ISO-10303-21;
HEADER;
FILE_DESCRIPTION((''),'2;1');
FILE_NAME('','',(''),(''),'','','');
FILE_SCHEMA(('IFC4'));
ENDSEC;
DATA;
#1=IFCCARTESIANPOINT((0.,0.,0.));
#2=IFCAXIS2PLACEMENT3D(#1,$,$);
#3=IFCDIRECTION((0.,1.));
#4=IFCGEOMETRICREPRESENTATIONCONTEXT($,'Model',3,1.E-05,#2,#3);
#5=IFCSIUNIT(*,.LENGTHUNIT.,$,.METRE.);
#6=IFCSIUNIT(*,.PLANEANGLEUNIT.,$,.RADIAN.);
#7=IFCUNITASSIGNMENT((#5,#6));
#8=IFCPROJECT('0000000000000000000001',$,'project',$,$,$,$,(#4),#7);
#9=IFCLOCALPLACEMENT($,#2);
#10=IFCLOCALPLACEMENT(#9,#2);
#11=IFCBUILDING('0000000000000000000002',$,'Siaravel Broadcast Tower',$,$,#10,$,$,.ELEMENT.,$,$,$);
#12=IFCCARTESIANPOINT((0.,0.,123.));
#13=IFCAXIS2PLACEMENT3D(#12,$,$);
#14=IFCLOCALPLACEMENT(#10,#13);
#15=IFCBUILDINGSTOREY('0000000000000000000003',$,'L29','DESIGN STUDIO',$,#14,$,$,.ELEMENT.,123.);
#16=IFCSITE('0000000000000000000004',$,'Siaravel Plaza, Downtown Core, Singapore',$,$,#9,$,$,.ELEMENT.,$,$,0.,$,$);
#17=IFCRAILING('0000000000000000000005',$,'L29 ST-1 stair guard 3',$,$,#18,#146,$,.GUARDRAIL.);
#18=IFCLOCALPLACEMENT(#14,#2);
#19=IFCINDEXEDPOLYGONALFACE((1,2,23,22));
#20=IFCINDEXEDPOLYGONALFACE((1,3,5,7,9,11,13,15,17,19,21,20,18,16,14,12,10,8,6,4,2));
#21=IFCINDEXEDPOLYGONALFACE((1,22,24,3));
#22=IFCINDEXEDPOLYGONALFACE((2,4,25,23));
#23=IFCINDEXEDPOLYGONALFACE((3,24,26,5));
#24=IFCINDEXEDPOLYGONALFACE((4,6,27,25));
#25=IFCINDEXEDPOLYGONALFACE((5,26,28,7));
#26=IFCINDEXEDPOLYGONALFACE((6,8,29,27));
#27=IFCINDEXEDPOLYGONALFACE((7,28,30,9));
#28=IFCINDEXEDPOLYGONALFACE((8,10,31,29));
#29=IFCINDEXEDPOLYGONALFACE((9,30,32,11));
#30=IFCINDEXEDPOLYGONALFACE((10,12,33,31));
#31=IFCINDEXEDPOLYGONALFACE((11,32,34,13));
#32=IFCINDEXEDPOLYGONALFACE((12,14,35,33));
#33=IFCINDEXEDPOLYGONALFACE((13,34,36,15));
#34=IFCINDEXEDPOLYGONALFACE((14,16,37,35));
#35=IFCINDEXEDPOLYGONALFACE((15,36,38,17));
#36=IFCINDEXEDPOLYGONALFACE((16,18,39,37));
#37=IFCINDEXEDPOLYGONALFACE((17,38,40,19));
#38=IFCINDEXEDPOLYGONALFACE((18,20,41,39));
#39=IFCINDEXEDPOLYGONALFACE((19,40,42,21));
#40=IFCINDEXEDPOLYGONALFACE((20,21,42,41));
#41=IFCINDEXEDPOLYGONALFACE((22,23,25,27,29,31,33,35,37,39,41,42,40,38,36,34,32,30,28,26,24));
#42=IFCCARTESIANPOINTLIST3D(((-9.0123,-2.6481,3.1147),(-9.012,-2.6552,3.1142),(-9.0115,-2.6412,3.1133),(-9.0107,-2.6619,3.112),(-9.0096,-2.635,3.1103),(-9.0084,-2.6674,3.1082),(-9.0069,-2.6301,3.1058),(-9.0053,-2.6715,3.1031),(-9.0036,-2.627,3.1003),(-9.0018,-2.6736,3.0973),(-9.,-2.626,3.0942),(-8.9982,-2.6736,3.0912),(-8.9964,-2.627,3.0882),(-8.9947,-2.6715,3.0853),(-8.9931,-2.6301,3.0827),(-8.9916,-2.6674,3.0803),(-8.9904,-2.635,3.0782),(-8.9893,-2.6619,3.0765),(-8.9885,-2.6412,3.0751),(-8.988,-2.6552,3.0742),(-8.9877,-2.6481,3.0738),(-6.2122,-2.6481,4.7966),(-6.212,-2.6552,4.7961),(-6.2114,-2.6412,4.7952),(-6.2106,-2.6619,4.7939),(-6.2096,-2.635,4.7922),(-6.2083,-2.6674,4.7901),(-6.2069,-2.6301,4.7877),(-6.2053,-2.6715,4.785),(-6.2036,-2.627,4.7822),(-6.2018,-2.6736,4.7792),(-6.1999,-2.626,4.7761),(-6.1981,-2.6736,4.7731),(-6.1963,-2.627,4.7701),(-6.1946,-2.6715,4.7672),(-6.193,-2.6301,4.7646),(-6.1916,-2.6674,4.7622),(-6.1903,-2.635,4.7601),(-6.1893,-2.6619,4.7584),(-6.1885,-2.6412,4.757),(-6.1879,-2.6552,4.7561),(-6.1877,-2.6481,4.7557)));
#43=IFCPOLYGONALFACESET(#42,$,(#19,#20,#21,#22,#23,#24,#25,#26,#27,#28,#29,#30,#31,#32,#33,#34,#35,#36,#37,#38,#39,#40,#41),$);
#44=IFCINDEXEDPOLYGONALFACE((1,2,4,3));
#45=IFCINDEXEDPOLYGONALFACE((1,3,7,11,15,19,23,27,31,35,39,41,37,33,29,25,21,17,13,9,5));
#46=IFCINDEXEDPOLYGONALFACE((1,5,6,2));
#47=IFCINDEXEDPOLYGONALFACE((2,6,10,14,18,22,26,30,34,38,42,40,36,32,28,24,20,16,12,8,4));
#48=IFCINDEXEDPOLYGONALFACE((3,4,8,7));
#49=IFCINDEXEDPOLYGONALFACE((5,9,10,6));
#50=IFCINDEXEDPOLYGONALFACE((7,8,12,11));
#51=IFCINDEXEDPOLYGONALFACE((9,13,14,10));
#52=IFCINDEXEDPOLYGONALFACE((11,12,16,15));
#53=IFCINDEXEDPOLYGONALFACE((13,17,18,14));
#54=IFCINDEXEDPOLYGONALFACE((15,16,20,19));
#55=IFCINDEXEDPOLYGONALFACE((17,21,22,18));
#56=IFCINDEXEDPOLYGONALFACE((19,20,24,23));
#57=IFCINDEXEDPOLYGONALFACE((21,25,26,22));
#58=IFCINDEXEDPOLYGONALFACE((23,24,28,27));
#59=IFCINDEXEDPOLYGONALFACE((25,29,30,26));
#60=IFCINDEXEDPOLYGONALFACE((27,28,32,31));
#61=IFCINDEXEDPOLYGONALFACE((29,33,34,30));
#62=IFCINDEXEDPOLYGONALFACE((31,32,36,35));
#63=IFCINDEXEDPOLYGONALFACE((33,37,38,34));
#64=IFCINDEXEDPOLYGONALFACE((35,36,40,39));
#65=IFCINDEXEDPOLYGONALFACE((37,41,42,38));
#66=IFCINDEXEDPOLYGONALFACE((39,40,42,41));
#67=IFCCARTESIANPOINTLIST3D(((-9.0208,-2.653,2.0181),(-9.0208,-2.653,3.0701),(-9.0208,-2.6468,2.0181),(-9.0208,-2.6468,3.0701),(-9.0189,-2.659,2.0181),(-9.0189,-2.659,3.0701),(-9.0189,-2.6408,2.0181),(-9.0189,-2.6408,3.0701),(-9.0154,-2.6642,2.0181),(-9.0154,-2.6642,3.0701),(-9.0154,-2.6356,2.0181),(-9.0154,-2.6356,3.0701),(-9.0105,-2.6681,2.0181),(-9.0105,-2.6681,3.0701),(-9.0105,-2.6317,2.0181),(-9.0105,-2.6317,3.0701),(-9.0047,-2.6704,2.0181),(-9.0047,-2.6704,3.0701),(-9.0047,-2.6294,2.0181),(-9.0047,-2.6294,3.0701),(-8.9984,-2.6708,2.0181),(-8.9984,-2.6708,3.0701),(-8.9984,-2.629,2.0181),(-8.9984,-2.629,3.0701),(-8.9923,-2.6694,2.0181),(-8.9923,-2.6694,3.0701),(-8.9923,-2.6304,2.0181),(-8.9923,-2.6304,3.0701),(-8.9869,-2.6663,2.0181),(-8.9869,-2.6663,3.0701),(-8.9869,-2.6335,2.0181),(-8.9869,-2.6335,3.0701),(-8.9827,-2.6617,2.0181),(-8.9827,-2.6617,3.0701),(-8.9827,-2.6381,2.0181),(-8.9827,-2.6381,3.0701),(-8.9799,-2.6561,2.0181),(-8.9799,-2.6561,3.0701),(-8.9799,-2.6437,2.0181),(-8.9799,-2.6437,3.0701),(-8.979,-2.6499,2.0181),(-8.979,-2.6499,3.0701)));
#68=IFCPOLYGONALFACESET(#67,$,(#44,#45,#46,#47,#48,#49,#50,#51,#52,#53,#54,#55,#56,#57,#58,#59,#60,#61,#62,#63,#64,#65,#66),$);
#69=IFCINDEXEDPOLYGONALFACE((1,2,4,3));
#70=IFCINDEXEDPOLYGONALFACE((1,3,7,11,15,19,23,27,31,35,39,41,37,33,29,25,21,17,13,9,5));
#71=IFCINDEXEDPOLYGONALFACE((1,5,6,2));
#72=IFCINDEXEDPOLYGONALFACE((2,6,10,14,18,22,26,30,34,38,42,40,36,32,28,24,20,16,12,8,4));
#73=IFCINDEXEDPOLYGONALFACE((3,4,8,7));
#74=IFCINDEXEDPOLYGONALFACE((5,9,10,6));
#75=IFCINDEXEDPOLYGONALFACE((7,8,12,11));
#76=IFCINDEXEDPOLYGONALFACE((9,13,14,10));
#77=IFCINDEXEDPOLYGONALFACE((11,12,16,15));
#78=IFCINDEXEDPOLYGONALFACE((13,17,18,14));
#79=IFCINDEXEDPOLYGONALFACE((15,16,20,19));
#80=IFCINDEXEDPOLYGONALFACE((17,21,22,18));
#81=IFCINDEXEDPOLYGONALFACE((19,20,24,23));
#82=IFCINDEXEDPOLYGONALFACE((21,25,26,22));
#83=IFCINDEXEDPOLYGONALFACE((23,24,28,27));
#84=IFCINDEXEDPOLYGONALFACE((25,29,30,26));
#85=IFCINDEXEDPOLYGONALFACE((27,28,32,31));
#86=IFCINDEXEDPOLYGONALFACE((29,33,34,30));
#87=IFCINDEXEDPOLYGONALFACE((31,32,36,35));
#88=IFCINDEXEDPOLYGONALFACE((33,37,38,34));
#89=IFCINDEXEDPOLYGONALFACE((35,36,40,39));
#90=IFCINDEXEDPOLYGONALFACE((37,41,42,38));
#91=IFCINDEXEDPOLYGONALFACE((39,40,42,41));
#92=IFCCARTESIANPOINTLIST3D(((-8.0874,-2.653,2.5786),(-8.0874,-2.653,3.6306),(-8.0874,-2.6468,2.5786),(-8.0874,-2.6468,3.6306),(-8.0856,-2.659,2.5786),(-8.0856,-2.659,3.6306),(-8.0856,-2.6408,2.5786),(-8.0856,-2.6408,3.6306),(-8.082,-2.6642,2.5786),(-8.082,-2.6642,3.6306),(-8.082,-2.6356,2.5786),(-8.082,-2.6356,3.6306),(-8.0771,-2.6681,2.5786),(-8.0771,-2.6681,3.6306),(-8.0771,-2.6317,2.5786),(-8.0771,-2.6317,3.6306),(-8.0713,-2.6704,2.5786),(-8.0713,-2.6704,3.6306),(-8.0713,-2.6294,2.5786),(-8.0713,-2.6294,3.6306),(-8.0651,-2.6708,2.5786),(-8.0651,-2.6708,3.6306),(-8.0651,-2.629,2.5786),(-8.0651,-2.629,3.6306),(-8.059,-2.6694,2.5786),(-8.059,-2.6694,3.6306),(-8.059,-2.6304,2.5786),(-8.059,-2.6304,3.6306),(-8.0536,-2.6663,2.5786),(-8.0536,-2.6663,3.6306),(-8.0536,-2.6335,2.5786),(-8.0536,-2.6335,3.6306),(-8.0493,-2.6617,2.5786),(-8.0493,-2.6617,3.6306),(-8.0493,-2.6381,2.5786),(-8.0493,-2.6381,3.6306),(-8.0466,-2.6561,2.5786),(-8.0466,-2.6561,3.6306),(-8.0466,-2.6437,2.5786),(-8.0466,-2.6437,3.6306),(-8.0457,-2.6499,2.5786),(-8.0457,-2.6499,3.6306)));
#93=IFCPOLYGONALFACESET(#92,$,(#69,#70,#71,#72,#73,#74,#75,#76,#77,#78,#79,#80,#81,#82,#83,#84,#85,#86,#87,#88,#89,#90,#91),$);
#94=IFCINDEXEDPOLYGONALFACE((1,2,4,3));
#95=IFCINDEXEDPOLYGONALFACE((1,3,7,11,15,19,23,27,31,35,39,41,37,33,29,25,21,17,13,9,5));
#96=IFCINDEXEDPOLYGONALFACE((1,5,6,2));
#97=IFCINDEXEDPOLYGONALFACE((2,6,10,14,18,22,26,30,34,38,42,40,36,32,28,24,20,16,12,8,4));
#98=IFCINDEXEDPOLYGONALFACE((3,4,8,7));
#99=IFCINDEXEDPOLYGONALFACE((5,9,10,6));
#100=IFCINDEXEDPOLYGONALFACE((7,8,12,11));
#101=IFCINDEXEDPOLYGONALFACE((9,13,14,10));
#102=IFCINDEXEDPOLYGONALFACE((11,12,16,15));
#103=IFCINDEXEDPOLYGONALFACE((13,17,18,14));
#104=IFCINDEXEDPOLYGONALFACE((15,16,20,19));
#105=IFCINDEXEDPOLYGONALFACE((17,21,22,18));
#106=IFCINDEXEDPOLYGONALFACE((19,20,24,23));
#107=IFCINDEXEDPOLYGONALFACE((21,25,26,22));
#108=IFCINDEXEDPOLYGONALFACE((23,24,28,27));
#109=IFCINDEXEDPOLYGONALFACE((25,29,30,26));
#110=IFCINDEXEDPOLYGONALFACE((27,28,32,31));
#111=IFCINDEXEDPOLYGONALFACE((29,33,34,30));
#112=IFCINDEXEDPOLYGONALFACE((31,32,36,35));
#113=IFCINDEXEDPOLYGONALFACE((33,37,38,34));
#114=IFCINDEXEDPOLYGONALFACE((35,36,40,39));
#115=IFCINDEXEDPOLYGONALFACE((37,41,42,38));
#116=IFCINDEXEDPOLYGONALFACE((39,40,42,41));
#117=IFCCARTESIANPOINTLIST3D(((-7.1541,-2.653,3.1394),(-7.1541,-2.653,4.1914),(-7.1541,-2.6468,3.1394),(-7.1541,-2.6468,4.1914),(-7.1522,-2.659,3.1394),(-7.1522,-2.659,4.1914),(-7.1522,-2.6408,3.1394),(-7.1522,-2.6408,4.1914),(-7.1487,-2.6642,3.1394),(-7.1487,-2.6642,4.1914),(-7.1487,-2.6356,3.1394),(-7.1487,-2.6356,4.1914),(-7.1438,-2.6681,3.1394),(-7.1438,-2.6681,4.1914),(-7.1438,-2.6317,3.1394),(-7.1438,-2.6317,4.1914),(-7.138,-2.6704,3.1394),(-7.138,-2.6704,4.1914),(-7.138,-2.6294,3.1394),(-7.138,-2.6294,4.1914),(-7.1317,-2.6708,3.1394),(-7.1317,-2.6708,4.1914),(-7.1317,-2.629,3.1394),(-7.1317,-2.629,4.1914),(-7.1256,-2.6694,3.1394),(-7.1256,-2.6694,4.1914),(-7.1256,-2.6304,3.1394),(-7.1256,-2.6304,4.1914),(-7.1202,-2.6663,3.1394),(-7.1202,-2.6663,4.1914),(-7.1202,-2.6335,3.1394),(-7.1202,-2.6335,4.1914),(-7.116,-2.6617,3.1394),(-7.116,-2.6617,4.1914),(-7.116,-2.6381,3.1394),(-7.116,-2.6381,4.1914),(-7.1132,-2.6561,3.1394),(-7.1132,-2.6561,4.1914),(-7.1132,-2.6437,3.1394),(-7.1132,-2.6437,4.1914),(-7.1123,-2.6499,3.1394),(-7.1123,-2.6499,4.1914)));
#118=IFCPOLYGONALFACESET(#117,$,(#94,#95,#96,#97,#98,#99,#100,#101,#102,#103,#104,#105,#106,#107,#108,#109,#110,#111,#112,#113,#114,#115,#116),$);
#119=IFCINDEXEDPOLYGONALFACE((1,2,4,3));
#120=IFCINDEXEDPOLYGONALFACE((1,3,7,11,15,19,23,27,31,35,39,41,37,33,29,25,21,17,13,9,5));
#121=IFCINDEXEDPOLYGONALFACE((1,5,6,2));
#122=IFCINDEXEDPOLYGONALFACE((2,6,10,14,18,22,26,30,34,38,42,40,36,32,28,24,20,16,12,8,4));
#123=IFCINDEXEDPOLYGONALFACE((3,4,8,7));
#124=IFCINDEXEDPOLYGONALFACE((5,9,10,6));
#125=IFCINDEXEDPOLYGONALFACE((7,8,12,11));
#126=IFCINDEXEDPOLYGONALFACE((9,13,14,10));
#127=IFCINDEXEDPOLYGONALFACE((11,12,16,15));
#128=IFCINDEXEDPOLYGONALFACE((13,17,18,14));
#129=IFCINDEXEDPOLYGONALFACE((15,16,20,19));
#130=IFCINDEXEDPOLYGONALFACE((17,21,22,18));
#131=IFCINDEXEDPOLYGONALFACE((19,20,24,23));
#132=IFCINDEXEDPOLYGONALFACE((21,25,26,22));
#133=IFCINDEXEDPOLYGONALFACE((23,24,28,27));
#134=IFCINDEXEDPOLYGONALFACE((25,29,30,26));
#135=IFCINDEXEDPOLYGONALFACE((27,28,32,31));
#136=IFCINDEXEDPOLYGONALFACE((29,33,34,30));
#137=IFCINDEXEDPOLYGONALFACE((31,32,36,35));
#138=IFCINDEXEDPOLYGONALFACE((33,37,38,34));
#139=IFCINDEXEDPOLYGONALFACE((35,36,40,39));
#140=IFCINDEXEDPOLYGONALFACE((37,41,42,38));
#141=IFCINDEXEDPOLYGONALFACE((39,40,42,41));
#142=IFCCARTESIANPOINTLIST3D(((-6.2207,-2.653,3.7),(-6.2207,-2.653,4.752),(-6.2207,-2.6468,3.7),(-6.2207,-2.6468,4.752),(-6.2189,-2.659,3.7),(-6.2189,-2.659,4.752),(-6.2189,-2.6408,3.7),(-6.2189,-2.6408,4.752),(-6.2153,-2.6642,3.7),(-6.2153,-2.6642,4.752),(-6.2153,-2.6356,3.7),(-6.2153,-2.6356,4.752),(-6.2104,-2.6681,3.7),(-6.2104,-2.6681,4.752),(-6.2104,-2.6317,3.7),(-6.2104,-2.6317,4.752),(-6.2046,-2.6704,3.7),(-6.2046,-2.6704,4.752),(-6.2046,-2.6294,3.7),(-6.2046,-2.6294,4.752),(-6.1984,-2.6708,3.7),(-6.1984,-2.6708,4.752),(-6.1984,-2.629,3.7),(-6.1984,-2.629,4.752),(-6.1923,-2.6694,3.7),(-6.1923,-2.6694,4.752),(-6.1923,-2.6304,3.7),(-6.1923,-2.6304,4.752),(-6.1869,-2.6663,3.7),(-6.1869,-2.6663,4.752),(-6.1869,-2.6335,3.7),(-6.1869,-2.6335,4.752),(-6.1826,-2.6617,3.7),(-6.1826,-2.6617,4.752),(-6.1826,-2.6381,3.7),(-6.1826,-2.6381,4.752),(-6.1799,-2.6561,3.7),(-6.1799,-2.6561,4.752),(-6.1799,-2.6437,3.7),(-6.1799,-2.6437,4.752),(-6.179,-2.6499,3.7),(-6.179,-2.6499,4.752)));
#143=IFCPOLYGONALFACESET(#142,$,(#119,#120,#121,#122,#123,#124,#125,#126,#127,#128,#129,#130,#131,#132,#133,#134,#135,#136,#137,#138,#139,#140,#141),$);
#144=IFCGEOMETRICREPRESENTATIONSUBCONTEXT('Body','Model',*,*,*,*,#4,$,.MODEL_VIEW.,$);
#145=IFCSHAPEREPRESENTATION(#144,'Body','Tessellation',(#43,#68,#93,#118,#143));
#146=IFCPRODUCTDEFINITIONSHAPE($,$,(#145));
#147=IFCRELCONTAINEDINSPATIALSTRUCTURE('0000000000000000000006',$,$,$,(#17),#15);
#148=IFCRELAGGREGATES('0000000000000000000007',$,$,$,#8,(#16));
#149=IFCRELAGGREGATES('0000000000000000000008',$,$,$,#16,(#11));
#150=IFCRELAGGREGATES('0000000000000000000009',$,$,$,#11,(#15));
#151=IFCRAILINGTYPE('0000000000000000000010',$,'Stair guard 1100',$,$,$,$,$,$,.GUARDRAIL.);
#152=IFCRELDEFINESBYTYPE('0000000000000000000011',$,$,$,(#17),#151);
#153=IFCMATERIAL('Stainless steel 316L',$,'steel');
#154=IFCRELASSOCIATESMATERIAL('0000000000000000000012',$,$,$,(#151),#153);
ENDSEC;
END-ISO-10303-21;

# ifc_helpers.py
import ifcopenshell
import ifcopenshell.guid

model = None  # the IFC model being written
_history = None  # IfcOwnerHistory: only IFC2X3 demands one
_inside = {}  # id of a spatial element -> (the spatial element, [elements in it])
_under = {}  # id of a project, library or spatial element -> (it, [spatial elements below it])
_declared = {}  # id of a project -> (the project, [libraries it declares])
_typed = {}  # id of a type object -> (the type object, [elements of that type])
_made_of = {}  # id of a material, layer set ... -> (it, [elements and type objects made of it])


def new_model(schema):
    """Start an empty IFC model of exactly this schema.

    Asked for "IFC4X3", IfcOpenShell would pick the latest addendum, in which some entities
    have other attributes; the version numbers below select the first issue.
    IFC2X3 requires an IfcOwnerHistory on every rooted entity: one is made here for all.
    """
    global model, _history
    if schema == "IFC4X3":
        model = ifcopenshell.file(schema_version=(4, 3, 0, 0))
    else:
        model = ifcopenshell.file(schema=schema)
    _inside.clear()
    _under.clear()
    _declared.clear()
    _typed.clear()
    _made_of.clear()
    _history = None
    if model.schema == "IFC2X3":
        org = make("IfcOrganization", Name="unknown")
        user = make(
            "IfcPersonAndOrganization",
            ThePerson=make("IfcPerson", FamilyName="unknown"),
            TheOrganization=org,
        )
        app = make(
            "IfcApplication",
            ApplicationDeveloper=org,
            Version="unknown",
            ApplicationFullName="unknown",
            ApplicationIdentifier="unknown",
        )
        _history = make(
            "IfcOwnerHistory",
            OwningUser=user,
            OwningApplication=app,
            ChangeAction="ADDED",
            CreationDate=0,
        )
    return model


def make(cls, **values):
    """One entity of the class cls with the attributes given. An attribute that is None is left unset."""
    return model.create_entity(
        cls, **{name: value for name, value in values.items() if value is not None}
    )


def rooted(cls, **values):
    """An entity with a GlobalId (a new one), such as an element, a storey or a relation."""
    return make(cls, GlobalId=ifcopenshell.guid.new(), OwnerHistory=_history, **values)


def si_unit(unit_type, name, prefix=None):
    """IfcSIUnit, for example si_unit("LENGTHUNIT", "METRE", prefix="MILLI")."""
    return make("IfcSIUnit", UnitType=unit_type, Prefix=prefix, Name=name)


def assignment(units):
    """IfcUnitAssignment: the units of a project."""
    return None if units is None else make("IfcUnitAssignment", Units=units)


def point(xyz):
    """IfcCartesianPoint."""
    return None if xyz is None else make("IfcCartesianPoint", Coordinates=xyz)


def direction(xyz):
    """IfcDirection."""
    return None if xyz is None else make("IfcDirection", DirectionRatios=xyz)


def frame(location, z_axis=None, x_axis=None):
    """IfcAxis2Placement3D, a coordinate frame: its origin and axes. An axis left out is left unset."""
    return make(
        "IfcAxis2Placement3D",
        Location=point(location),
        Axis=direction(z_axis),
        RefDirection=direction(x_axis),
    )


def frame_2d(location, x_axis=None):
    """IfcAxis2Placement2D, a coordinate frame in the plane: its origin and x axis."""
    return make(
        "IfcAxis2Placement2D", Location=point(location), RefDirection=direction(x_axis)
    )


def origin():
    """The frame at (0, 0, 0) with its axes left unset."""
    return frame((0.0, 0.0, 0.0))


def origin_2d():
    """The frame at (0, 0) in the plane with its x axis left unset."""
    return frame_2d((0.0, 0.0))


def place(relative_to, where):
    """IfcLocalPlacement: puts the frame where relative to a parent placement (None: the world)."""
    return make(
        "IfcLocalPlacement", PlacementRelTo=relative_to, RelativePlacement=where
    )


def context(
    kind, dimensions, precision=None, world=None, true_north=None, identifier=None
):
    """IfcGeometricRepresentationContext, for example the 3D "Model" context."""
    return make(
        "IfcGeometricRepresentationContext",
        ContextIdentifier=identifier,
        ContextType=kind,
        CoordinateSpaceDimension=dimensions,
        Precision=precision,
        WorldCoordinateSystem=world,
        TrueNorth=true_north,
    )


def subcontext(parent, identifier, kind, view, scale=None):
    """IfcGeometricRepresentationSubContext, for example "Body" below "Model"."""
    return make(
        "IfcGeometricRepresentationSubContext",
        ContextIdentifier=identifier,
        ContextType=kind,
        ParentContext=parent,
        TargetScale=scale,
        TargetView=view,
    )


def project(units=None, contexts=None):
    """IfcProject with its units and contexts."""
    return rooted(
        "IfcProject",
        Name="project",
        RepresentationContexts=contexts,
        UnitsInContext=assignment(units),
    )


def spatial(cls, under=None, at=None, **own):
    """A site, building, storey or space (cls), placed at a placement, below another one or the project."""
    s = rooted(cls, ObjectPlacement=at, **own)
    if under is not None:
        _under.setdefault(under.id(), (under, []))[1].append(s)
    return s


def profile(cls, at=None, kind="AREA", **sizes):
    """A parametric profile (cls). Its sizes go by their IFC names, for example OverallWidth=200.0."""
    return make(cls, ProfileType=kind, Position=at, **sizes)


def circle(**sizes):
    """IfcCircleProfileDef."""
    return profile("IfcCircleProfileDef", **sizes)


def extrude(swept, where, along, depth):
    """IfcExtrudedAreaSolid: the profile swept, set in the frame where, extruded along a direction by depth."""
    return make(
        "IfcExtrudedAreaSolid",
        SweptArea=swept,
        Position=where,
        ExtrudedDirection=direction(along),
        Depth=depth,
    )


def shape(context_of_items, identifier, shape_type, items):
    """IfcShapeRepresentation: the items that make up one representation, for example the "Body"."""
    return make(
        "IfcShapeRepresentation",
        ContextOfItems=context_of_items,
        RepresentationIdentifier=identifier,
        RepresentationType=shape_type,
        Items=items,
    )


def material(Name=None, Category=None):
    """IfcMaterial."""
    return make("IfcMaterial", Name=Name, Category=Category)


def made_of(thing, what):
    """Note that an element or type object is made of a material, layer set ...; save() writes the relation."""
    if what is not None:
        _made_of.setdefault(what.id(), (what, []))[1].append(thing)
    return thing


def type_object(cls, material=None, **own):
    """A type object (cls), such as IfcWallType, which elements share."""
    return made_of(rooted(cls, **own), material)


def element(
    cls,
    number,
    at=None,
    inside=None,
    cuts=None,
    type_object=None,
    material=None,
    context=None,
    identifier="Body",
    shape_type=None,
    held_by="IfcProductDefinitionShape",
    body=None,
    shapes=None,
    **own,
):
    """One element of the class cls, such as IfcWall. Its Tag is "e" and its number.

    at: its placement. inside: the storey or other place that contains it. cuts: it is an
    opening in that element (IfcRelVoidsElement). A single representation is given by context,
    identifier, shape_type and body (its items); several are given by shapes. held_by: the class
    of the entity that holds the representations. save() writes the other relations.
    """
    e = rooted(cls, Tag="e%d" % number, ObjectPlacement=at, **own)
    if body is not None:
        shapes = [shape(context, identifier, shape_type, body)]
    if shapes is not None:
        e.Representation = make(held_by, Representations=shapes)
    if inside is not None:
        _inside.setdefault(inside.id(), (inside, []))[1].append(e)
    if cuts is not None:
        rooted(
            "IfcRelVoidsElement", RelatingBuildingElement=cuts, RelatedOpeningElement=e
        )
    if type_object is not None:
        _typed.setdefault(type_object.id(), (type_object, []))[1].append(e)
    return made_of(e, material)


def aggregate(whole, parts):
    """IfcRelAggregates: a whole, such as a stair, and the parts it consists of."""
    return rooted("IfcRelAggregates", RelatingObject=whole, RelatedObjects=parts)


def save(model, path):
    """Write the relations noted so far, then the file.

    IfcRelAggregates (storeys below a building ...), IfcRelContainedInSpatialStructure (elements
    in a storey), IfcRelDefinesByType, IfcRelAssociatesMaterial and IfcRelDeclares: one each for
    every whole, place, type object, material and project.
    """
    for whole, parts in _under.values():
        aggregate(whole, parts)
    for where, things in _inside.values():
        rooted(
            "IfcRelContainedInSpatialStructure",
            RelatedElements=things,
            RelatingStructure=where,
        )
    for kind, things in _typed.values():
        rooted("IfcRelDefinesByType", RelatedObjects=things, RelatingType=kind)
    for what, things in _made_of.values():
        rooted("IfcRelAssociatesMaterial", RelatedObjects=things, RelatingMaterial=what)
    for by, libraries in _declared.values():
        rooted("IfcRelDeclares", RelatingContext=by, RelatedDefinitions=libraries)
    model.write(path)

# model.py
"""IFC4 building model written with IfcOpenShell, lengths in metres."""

from ifc_helpers import new_model, si_unit, direction, frame, origin, origin_2d, place, context, subcontext, project, spatial, circle, extrude, material, type_object, element, save


model = new_model("IFC4")

# Units and contexts
model_context = context("Model", 3, precision=1e-05, world=origin(), true_north=direction((0.0, 1.0)))
body_context = subcontext(model_context, "Body", "Model", "MODEL_VIEW")
ifc_project = project(units=[si_unit("LENGTHUNIT", "METRE"), si_unit("PLANEANGLEUNIT", "RADIAN")], contexts=[model_context])

# Site, building, storey
site_placement = place(None, origin())
site = spatial("IfcSite", under=ifc_project, at=site_placement, Name="Siaravel Plaza, Downtown Core, Singapore", CompositionType="ELEMENT", RefElevation=0.0)
building_placement = place(site_placement, origin())
building = spatial("IfcBuilding", under=site, at=building_placement, Name="Siaravel Broadcast Tower", CompositionType="ELEMENT")
storey_placement = place(building_placement, frame((0.0, 0.0, 123.0)))
storey = spatial("IfcBuildingStorey", under=building, at=storey_placement, Name="L29", Description="DESIGN STUDIO", CompositionType="ELEMENT", Elevation=123.0)

# Railing
ifc_material_1 = material(Name="Stainless steel 316L", Category="steel")
railing_type_1 = type_object("IfcRailingType", Name="Stair guard 1100", PredefinedType="GUARDRAIL", material=ifc_material_1)
railing_1_placement = place(storey_placement, frame((-9.0, -2.6499, 2.0181)))
element("IfcRailing", 1, at=railing_1_placement, inside=storey, type_object=railing_type_1, Name="L29 ST-1 stair guard 3", PredefinedType="GUARDRAIL", context=body_context, shape_type="SweptSolid", body=[
    extrude(circle(Radius=0.0239, at=origin_2d()), frame((0.0, 0.0, 1.0762), z_axis=(0.857242, 0.0, 0.514913), x_axis=(0.0, 1.0, 0.0)), (0.0, 0.0, 1.0), 3.2664),
    extrude(circle(Radius=0.021, at=origin_2d()), origin(), (0.0, 0.0, 1.0), 1.052),
    extrude(circle(Radius=0.021, at=origin_2d()), frame((0.9333, 0.0, 0.5605)), (0.0, 0.0, 1.0), 1.052),
    extrude(circle(Radius=0.021, at=origin_2d()), frame((1.8667, 0.0, 1.1213)), (0.0, 0.0, 1.0), 1.052),
    extrude(circle(Radius=0.021, at=origin_2d()), frame((2.8, 0.0, 1.6819)), (0.0, 0.0, 1.0), 1.052),
])

save(model, "model.ifc")
